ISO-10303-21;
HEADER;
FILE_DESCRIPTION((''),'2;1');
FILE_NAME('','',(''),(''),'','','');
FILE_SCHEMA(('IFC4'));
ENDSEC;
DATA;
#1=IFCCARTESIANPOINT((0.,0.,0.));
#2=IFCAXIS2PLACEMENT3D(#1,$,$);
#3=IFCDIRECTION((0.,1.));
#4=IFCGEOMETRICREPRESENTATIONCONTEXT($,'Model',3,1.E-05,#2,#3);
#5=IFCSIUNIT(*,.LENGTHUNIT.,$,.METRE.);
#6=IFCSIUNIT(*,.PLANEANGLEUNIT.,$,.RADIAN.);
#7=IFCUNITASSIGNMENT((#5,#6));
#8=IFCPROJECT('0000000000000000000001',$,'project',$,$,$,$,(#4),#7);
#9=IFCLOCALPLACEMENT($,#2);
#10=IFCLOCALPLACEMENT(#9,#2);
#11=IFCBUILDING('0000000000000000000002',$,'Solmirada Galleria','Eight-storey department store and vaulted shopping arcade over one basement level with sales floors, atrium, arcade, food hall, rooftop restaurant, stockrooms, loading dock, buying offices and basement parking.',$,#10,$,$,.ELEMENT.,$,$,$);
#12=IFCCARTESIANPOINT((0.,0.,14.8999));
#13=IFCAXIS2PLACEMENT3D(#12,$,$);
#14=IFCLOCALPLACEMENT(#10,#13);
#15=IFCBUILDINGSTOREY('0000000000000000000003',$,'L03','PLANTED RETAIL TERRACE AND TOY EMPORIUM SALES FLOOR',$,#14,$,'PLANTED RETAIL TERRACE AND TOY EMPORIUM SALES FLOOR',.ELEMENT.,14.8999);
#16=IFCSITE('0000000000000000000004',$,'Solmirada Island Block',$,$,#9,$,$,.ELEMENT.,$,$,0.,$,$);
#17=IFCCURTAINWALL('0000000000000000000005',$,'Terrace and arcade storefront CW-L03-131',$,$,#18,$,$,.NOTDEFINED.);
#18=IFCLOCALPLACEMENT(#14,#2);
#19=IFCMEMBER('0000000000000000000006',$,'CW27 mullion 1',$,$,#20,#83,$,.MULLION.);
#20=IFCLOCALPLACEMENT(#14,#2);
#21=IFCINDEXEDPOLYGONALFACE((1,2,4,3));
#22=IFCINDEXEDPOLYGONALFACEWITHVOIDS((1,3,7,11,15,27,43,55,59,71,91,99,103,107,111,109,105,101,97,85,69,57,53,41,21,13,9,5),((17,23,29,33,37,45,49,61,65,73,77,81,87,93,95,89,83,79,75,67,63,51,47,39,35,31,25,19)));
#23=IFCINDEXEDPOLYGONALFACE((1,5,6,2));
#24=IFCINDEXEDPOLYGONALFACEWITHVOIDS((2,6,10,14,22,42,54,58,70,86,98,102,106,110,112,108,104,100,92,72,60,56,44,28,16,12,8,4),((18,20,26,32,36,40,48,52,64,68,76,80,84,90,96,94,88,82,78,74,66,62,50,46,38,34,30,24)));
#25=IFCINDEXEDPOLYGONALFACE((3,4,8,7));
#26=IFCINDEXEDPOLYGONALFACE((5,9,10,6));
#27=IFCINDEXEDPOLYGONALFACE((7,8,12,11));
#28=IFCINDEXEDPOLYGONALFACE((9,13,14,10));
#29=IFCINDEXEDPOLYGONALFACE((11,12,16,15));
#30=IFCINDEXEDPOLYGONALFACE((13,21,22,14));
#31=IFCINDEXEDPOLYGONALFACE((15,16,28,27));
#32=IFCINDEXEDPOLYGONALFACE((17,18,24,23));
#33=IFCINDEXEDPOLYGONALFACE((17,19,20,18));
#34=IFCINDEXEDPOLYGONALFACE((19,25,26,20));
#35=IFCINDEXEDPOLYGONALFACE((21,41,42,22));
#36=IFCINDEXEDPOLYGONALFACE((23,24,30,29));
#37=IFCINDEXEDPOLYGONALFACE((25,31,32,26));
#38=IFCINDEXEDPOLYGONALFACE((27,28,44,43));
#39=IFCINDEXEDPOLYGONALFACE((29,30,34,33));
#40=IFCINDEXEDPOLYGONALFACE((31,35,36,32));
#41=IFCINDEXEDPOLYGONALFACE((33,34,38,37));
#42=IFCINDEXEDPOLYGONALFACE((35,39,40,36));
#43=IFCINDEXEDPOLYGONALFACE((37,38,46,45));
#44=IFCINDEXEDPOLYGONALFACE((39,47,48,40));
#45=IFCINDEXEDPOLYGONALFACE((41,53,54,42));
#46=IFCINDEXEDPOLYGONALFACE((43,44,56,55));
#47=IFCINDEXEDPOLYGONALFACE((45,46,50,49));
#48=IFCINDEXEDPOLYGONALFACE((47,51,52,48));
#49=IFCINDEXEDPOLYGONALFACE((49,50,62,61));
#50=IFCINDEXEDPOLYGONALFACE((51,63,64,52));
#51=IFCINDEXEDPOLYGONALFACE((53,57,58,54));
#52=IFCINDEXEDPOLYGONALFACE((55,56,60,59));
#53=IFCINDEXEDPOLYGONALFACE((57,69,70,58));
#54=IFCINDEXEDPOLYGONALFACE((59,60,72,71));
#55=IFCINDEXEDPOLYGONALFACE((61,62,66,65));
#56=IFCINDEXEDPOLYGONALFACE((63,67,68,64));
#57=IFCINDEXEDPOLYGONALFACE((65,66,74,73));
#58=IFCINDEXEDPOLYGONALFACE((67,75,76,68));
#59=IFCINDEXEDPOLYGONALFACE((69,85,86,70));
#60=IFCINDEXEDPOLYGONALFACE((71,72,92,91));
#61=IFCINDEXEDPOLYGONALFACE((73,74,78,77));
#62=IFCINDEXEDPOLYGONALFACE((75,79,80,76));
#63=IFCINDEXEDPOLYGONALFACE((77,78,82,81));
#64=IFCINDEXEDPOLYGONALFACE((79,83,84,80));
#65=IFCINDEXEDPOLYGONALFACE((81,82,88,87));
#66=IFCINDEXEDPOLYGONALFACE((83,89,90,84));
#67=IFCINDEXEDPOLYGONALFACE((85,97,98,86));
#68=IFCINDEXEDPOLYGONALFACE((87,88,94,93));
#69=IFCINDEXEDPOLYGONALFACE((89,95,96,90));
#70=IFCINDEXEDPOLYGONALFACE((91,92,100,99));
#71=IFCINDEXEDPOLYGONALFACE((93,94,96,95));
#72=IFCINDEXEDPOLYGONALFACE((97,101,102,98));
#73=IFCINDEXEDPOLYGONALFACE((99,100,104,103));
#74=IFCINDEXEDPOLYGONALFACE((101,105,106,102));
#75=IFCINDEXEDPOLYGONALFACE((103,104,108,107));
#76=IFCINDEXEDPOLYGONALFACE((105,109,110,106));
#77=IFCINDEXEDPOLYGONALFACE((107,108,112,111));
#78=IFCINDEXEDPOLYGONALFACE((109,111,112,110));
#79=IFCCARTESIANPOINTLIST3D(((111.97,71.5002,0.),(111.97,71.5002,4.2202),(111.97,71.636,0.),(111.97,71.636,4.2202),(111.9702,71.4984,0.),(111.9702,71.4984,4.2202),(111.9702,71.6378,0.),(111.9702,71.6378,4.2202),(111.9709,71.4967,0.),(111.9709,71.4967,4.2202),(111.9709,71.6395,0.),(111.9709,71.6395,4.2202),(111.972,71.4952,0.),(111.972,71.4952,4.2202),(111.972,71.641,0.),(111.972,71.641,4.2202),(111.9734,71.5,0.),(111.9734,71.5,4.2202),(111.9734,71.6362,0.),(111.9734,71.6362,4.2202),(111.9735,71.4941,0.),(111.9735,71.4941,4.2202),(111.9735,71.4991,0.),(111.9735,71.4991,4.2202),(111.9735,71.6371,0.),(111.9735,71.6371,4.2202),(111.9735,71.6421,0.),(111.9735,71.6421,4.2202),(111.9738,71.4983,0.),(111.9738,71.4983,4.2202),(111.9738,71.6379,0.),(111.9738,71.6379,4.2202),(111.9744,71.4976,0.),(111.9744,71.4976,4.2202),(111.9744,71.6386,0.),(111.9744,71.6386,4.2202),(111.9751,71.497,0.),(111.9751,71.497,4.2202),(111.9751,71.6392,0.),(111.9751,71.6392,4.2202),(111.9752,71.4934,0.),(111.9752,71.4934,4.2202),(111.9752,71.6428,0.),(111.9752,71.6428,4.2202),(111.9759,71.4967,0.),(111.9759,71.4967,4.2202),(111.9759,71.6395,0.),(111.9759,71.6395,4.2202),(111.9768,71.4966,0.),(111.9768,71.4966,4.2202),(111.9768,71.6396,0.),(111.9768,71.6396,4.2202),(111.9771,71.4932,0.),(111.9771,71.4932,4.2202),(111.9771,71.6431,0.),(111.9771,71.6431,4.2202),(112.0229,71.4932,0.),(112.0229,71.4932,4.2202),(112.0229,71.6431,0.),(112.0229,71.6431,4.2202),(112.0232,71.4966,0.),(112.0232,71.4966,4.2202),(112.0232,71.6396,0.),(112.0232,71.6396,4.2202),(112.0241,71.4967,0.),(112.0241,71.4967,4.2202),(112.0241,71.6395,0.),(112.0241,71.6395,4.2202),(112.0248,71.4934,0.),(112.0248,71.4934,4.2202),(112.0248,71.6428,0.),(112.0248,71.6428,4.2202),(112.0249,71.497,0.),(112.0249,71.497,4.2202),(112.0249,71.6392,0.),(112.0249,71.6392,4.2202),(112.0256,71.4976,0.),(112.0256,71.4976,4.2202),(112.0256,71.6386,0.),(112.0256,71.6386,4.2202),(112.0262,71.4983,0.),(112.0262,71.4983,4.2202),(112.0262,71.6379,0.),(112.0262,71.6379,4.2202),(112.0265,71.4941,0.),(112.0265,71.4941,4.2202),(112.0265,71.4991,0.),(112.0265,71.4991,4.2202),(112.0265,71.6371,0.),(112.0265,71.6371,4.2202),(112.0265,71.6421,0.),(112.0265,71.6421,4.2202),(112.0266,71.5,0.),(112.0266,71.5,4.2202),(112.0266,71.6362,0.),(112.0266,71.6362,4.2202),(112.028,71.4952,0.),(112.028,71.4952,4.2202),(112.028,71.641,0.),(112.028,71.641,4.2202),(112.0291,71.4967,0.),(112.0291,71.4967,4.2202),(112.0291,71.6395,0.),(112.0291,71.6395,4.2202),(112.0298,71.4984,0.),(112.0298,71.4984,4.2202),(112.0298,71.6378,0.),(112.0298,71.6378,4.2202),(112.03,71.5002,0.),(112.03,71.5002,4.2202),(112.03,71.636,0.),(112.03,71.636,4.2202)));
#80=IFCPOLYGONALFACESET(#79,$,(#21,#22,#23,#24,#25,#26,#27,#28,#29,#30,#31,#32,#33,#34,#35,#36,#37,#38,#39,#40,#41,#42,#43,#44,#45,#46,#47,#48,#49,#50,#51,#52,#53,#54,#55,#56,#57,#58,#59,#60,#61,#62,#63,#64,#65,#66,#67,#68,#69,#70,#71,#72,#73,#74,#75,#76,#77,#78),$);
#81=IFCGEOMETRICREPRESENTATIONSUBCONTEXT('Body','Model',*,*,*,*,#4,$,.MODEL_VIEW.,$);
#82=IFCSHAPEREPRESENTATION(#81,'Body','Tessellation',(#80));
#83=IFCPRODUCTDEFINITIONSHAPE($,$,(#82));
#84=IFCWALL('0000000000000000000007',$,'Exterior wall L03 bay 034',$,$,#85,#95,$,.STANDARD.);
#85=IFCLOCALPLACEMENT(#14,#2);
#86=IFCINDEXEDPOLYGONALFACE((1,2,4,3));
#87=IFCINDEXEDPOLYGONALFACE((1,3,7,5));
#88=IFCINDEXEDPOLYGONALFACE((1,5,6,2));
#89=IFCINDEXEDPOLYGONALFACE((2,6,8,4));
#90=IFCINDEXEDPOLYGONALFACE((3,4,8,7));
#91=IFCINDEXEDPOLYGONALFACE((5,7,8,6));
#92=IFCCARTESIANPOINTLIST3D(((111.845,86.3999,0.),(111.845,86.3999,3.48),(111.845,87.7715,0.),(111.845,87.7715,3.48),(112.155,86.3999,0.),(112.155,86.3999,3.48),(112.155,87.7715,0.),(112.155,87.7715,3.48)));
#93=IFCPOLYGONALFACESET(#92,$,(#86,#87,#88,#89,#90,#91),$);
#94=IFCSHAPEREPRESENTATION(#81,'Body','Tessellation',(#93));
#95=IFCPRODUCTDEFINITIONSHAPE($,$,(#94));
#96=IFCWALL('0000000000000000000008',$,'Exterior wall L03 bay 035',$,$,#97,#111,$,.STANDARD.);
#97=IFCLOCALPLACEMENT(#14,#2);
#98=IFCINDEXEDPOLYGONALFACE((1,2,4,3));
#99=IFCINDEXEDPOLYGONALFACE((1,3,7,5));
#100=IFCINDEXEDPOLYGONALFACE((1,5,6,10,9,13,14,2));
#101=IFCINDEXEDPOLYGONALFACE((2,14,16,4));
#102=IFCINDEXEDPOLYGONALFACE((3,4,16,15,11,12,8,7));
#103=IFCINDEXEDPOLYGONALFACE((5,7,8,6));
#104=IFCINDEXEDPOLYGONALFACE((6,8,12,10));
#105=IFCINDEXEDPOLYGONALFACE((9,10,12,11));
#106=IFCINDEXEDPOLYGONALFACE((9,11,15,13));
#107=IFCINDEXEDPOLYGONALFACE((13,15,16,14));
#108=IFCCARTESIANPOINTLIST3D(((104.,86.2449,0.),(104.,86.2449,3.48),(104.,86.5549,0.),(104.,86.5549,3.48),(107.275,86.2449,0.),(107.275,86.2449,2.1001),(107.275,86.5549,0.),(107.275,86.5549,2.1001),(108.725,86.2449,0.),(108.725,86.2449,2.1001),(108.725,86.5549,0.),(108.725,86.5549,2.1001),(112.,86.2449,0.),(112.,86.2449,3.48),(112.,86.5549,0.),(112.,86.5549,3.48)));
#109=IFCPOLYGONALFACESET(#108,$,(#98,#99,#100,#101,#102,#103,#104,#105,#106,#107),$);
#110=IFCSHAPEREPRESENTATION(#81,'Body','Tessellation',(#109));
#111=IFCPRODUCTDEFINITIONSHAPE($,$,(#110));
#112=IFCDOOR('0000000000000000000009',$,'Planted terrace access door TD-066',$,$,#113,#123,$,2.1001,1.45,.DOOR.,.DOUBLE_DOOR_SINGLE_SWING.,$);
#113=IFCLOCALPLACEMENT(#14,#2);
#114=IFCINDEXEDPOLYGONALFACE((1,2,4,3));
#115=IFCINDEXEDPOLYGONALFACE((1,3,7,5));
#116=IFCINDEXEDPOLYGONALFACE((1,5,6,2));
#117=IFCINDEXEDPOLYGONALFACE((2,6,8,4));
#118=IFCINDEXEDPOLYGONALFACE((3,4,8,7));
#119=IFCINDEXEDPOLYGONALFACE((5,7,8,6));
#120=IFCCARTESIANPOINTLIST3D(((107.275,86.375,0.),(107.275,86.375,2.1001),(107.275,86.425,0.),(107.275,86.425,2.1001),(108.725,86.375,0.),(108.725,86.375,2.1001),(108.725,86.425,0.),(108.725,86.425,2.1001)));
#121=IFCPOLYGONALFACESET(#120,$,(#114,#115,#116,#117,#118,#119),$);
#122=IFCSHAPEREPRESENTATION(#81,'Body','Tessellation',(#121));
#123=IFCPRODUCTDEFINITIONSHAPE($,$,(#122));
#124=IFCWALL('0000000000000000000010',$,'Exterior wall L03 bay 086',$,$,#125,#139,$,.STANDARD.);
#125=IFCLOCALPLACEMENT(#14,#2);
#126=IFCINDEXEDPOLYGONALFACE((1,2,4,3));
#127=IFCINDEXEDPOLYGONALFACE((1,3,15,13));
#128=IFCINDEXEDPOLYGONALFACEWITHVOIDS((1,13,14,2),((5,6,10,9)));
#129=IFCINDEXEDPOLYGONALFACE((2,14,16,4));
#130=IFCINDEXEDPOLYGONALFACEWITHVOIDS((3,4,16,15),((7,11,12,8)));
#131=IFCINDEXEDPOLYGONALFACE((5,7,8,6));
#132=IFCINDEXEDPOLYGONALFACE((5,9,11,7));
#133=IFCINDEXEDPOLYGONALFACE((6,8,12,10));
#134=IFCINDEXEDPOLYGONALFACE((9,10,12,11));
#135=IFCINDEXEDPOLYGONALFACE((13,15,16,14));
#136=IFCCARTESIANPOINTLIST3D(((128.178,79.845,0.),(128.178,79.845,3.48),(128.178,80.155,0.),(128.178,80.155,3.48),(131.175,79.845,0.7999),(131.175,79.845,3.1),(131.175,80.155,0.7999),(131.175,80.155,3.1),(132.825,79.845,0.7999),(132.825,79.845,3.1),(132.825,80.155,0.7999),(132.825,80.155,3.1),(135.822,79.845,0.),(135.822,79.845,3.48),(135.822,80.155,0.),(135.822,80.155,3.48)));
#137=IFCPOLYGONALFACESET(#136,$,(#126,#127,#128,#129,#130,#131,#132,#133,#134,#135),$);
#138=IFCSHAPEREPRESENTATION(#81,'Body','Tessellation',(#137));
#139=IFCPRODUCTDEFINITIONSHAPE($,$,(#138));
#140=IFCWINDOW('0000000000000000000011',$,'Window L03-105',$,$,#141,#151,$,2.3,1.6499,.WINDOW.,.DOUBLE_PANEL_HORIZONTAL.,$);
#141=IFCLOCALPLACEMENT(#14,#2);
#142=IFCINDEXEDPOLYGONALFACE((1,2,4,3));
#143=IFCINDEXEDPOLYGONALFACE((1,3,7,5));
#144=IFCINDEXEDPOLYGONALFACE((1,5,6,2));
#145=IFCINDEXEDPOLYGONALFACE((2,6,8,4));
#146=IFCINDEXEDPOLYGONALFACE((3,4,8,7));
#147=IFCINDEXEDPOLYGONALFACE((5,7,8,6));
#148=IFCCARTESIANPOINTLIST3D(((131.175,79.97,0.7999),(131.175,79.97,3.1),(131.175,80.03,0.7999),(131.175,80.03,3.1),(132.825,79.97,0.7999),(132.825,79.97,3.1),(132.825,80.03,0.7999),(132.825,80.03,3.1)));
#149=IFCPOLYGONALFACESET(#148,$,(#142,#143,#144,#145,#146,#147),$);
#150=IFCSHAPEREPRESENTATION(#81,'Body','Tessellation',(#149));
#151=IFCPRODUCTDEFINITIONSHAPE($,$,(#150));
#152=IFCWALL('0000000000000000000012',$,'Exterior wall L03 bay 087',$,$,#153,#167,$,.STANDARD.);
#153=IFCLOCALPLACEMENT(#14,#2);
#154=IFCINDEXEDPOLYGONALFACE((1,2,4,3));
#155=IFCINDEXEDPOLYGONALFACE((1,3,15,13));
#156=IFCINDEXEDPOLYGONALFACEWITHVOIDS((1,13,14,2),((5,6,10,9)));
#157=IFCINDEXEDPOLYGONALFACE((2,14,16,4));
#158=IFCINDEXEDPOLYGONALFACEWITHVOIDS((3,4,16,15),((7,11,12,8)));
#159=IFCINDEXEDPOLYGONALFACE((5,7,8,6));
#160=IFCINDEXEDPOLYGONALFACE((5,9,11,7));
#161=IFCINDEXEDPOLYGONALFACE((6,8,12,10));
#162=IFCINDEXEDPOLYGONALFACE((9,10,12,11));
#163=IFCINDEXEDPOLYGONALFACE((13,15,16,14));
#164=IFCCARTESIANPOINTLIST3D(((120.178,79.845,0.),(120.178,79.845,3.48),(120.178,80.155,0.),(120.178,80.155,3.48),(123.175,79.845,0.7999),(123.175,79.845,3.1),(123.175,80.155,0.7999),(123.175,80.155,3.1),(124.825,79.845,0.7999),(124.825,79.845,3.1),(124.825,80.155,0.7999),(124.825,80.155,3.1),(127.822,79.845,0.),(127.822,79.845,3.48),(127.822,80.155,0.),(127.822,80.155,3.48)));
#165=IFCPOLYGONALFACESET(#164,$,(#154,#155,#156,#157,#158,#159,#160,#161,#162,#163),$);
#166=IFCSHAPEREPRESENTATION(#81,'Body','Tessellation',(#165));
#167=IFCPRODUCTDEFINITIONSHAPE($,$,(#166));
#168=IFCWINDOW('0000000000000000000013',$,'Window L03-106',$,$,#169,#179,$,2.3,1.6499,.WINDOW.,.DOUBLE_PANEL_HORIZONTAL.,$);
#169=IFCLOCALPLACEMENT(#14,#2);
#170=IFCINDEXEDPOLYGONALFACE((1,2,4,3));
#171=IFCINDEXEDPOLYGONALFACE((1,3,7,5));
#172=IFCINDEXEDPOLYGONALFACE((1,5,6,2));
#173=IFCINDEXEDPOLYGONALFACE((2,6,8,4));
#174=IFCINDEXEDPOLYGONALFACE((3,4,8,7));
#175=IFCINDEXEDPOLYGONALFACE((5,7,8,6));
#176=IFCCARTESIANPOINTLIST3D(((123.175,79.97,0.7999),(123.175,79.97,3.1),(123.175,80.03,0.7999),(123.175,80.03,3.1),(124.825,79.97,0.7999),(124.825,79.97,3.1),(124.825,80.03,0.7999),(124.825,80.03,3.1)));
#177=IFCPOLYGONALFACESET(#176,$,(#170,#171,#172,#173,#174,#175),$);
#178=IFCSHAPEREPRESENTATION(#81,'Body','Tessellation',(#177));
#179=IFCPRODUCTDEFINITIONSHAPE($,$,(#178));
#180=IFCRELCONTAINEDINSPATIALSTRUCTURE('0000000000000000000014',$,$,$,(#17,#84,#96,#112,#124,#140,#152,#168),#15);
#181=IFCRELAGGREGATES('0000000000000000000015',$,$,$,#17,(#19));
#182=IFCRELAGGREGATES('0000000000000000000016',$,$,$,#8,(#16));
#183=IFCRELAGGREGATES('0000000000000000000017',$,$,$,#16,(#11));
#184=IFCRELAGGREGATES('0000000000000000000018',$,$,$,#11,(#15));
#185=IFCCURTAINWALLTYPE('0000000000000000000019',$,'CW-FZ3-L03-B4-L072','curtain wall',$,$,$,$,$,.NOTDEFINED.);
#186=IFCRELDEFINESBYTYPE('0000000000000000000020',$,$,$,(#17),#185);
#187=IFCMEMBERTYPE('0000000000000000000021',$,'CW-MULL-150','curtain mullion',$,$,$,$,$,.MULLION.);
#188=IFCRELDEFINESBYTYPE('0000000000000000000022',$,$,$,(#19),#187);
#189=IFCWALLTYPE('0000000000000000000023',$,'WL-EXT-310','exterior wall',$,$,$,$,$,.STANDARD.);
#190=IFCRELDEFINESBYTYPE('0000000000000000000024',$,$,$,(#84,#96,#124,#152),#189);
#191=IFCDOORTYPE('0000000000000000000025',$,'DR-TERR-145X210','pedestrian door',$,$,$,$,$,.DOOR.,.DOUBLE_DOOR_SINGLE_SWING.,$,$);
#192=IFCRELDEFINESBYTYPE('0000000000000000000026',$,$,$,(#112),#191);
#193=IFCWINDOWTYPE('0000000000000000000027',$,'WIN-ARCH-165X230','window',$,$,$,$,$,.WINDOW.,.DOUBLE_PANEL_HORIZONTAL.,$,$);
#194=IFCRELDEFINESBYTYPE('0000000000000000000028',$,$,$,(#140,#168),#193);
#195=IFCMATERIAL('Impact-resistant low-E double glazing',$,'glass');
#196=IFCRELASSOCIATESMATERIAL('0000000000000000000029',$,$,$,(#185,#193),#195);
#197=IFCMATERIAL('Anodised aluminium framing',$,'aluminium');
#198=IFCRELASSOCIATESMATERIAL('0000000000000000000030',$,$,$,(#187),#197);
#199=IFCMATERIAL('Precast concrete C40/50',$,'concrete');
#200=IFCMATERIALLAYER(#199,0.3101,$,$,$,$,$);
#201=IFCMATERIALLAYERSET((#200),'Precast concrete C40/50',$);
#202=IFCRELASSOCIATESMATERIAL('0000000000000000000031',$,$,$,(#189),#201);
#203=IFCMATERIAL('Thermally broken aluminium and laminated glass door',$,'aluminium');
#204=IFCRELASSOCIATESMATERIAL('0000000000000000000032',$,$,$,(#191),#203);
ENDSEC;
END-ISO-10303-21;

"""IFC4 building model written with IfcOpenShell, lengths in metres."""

from ifc_helpers import new_model, si_unit, direction, frame, frame_2d, origin, origin_2d, place, context, subcontext, project, spatial, rectangle, hollow_rectangle, extrude, material, layer, layer_set, material_profile, profile_set, type_object, element, fill, aggregate, save


model = new_model("IFC4")

# Units and contexts
model_context = context("Model", 3, precision=1e-05, world=origin(), true_north=direction((0.0, 1.0)))
body_context = subcontext(model_context, "Body", "Model", "MODEL_VIEW")
ifc_project = project(units=[si_unit("LENGTHUNIT", "METRE"), si_unit("PLANEANGLEUNIT", "RADIAN")], contexts=[model_context])

# Site, building, storey
site_placement = place(None, origin())
site = spatial("IfcSite", under=ifc_project, at=site_placement, Name="Solmirada Island Block", CompositionType="ELEMENT", RefElevation=0.0)
building_placement = place(site_placement, origin())
building = spatial("IfcBuilding", under=site, at=building_placement, Name="Solmirada Galleria", Description="Eight-storey department store and vaulted shopping arcade over one basement level with sales floors, atrium, arcade, food hall, rooftop restaurant, stockrooms, loading dock, buying offices and basement parking.", CompositionType="ELEMENT")
storey_placement = place(building_placement, frame((0.0, 0.0, 14.8999)))
storey = spatial("IfcBuildingStorey", under=building, at=storey_placement, Name="L03", Description="PLANTED RETAIL TERRACE AND TOY EMPORIUM SALES FLOOR", LongName="PLANTED RETAIL TERRACE AND TOY EMPORIUM SALES FLOOR", CompositionType="ELEMENT", Elevation=14.8999)

# Curtain wall, member
ifc_material_1 = material(Name="Impact-resistant low-E double glazing", Category="glass")
curtain_wall_type = type_object("IfcCurtainWallType", Name="CW-FZ3-L03-B4-L072", Description="curtain wall", PredefinedType="NOTDEFINED", material=ifc_material_1)
curtain_wall_placement = place(storey_placement, origin())
curtain_wall = element("IfcCurtainWall", 1, at=curtain_wall_placement, inside=storey, type_object=curtain_wall_type, Name="Terrace and arcade storefront CW-L03-131", PredefinedType="NOTDEFINED")
ifc_material_2 = material(Name="Anodised aluminium framing", Category="aluminium")
ifc_material_profile_1 = material_profile(ifc_material_2, hollow_rectangle(XDim=0.0601, YDim=0.1499, WallThickness=0.0034, InnerFilletRadius=0.0034, OuterFilletRadius=0.0071, at=origin_2d()), Name="ALU-MULL-150X60")
ifc_profile_set_1 = profile_set([ifc_material_profile_1], Name="Anodised aluminium framing")
member_type = type_object("IfcMemberType", Name="CW-MULL-150", Description="curtain mullion", PredefinedType="MULLION", material=ifc_profile_set_1)
member_placement = place(storey_placement, frame((112.0, 71.5681, 0.0), z_axis=(0.0, 0.0, 1.0), x_axis=(1.0, 0.0, 0.0)))
member = element("IfcMember", 2, at=member_placement, type_object=member_type, Name="CW27 mullion 1", PredefinedType="MULLION", context=body_context, shape_type="SweptSolid", body=[
    extrude(hollow_rectangle(XDim=0.0601, YDim=0.1499, WallThickness=0.0034, InnerFilletRadius=0.0034, OuterFilletRadius=0.0071, at=origin_2d()), origin(), (0.0, 0.0, 1.0), 4.2202),
])
aggregate(curtain_wall, [member])

# Wall
ifc_material_3 = material(Name="Precast concrete C40/50", Category="concrete")
ifc_layer_1 = layer(ifc_material_3, 0.3101)
ifc_layer_set_1 = layer_set([ifc_layer_1], Name="Precast concrete C40/50")
wall_type = type_object("IfcWallType", Name="WL-EXT-310", Description="exterior wall", PredefinedType="STANDARD", material=ifc_layer_set_1)
wall_1_placement = place(storey_placement, frame((112.0, 87.7715, 0.0), z_axis=(0.0, 0.0, 1.0), x_axis=(0.0, -1.0, 0.0)))
element("IfcWall", 3, at=wall_1_placement, inside=storey, type_object=wall_type, Name="Exterior wall L03 bay 034", PredefinedType="STANDARD", context=body_context, shape_type="SweptSolid", body=[
    extrude(rectangle(XDim=1.3716, YDim=0.3101, at=frame_2d((0.6858, 0.0))), origin(), (0.0, 0.0, 1.0), 3.48),
])

# Wall, opening, door
wall_2_placement = place(storey_placement, frame((112.0, 86.3999, 0.0), z_axis=(0.0, 0.0, 1.0), x_axis=(-1.0, 0.0, 0.0)))
wall_2 = element("IfcWall", 4, at=wall_2_placement, inside=storey, type_object=wall_type, Name="Exterior wall L03 bay 035", PredefinedType="STANDARD", context=body_context, shape_type="SweptSolid", body=[
    extrude(rectangle(XDim=8.0, YDim=0.3101, at=frame_2d((4.0, 0.0))), origin(), (0.0, 0.0, 1.0), 3.48),
])
opening_1_placement = place(wall_2_placement, frame((3.2749, 0.0, 0.0)))
opening_1 = element("IfcOpeningElement", 5, at=opening_1_placement, cuts=wall_2, PredefinedType="OPENING", context=body_context, shape_type="SweptSolid", body=[
    extrude(rectangle(XDim=1.45, YDim=2.1001, at=frame_2d((0.7251, 1.05))), frame((0.0, 0.165, 0.0), z_axis=(0.0, -1.0, 0.0), x_axis=(1.0, 0.0, 0.0)), (0.0, 0.0, 1.0), 0.3301),
])
ifc_material_4 = material(Name="Thermally broken aluminium and laminated glass door", Category="aluminium")
door_type = type_object("IfcDoorType", Name="DR-TERR-145X210", Description="pedestrian door", OperationType="DOUBLE_DOOR_SINGLE_SWING", PredefinedType="DOOR", material=ifc_material_4)
door_placement = place(opening_1_placement, origin())
door = element("IfcDoor", 6, at=door_placement, inside=storey, type_object=door_type, Name="Planted terrace access door TD-066", OperationType="DOUBLE_DOOR_SINGLE_SWING", OverallHeight=2.1001, OverallWidth=1.45, PredefinedType="DOOR", context=body_context, shape_type="SweptSolid", body=[
    extrude(rectangle(XDim=1.45, YDim=2.1001, at=frame_2d((0.7251, 1.05))), frame((0.0, 0.0249, 0.0), z_axis=(0.0, -1.0, 0.0), x_axis=(1.0, 0.0, 0.0)), (0.0, 0.0, 1.0), 0.05),
])
fill(opening_1, door)

# Walls, openings, windows
wall_3_placement = place(storey_placement, frame((135.822, 80.0, 0.0), z_axis=(0.0, 0.0, 1.0), x_axis=(-1.0, 0.0, 0.0)))
wall_3 = element("IfcWall", 7, at=wall_3_placement, inside=storey, type_object=wall_type, Name="Exterior wall L03 bay 086", PredefinedType="STANDARD", context=body_context, shape_type="SweptSolid", body=[
    extrude(rectangle(XDim=7.644, YDim=0.3101, at=frame_2d((3.822, 0.0))), origin(), (0.0, 0.0, 1.0), 3.48),
])
opening_2_placement = place(wall_3_placement, frame((2.9971, 0.0, 0.8)))
opening_2 = element("IfcOpeningElement", 8, at=opening_2_placement, cuts=wall_3, PredefinedType="OPENING", context=body_context, shape_type="SweptSolid", body=[
    extrude(rectangle(XDim=1.6499, YDim=2.3, at=frame_2d((0.825, 1.1499))), frame((0.0, 0.165, 0.0), z_axis=(0.0, -1.0, 0.0), x_axis=(1.0, 0.0, 0.0)), (0.0, 0.0, 1.0), 0.3301),
])
window_type = type_object("IfcWindowType", Name="WIN-ARCH-165X230", Description="window", PartitioningType="DOUBLE_PANEL_HORIZONTAL", PredefinedType="WINDOW", material=ifc_material_1)
window_1_placement = place(opening_2_placement, origin())
window_1 = element("IfcWindow", 9, at=window_1_placement, inside=storey, type_object=window_type, Name="Window L03-105", OverallHeight=2.3, OverallWidth=1.6499, PartitioningType="DOUBLE_PANEL_HORIZONTAL", PredefinedType="WINDOW", context=body_context, shape_type="SweptSolid", body=[
    extrude(rectangle(XDim=1.6499, YDim=2.3, at=frame_2d((0.825, 1.1499))), frame((0.0, 0.03, 0.0), z_axis=(0.0, -1.0, 0.0), x_axis=(1.0, 0.0, 0.0)), (0.0, 0.0, 1.0), 0.0601),
])
fill(opening_2, window_1)
wall_4_placement = place(storey_placement, frame((127.822, 80.0, 0.0), z_axis=(0.0, 0.0, 1.0), x_axis=(-1.0, 0.0, 0.0)))
wall_4 = element("IfcWall", 10, at=wall_4_placement, inside=storey, type_object=wall_type, Name="Exterior wall L03 bay 087", PredefinedType="STANDARD", context=body_context, shape_type="SweptSolid", body=[
    extrude(rectangle(XDim=7.644, YDim=0.3101, at=frame_2d((3.822, 0.0))), origin(), (0.0, 0.0, 1.0), 3.48),
])
opening_3_placement = place(wall_4_placement, frame((2.9971, 0.0, 0.8)))
opening_3 = element("IfcOpeningElement", 11, at=opening_3_placement, cuts=wall_4, PredefinedType="OPENING", context=body_context, shape_type="SweptSolid", body=[
    extrude(rectangle(XDim=1.6499, YDim=2.3, at=frame_2d((0.825, 1.1499))), frame((0.0, 0.165, 0.0), z_axis=(0.0, -1.0, 0.0), x_axis=(1.0, 0.0, 0.0)), (0.0, 0.0, 1.0), 0.3301),
])
window_2_placement = place(opening_3_placement, origin())
window_2 = element("IfcWindow", 12, at=window_2_placement, inside=storey, type_object=window_type, Name="Window L03-106", OverallHeight=2.3, OverallWidth=1.6499, PartitioningType="DOUBLE_PANEL_HORIZONTAL", PredefinedType="WINDOW", context=body_context, shape_type="SweptSolid", body=[
    extrude(rectangle(XDim=1.6499, YDim=2.3, at=frame_2d((0.825, 1.1499))), frame((0.0, 0.03, 0.0), z_axis=(0.0, -1.0, 0.0), x_axis=(1.0, 0.0, 0.0)), (0.0, 0.0, 1.0), 0.0601),
])
fill(opening_3, window_2)

save(model, "model.ifc")
